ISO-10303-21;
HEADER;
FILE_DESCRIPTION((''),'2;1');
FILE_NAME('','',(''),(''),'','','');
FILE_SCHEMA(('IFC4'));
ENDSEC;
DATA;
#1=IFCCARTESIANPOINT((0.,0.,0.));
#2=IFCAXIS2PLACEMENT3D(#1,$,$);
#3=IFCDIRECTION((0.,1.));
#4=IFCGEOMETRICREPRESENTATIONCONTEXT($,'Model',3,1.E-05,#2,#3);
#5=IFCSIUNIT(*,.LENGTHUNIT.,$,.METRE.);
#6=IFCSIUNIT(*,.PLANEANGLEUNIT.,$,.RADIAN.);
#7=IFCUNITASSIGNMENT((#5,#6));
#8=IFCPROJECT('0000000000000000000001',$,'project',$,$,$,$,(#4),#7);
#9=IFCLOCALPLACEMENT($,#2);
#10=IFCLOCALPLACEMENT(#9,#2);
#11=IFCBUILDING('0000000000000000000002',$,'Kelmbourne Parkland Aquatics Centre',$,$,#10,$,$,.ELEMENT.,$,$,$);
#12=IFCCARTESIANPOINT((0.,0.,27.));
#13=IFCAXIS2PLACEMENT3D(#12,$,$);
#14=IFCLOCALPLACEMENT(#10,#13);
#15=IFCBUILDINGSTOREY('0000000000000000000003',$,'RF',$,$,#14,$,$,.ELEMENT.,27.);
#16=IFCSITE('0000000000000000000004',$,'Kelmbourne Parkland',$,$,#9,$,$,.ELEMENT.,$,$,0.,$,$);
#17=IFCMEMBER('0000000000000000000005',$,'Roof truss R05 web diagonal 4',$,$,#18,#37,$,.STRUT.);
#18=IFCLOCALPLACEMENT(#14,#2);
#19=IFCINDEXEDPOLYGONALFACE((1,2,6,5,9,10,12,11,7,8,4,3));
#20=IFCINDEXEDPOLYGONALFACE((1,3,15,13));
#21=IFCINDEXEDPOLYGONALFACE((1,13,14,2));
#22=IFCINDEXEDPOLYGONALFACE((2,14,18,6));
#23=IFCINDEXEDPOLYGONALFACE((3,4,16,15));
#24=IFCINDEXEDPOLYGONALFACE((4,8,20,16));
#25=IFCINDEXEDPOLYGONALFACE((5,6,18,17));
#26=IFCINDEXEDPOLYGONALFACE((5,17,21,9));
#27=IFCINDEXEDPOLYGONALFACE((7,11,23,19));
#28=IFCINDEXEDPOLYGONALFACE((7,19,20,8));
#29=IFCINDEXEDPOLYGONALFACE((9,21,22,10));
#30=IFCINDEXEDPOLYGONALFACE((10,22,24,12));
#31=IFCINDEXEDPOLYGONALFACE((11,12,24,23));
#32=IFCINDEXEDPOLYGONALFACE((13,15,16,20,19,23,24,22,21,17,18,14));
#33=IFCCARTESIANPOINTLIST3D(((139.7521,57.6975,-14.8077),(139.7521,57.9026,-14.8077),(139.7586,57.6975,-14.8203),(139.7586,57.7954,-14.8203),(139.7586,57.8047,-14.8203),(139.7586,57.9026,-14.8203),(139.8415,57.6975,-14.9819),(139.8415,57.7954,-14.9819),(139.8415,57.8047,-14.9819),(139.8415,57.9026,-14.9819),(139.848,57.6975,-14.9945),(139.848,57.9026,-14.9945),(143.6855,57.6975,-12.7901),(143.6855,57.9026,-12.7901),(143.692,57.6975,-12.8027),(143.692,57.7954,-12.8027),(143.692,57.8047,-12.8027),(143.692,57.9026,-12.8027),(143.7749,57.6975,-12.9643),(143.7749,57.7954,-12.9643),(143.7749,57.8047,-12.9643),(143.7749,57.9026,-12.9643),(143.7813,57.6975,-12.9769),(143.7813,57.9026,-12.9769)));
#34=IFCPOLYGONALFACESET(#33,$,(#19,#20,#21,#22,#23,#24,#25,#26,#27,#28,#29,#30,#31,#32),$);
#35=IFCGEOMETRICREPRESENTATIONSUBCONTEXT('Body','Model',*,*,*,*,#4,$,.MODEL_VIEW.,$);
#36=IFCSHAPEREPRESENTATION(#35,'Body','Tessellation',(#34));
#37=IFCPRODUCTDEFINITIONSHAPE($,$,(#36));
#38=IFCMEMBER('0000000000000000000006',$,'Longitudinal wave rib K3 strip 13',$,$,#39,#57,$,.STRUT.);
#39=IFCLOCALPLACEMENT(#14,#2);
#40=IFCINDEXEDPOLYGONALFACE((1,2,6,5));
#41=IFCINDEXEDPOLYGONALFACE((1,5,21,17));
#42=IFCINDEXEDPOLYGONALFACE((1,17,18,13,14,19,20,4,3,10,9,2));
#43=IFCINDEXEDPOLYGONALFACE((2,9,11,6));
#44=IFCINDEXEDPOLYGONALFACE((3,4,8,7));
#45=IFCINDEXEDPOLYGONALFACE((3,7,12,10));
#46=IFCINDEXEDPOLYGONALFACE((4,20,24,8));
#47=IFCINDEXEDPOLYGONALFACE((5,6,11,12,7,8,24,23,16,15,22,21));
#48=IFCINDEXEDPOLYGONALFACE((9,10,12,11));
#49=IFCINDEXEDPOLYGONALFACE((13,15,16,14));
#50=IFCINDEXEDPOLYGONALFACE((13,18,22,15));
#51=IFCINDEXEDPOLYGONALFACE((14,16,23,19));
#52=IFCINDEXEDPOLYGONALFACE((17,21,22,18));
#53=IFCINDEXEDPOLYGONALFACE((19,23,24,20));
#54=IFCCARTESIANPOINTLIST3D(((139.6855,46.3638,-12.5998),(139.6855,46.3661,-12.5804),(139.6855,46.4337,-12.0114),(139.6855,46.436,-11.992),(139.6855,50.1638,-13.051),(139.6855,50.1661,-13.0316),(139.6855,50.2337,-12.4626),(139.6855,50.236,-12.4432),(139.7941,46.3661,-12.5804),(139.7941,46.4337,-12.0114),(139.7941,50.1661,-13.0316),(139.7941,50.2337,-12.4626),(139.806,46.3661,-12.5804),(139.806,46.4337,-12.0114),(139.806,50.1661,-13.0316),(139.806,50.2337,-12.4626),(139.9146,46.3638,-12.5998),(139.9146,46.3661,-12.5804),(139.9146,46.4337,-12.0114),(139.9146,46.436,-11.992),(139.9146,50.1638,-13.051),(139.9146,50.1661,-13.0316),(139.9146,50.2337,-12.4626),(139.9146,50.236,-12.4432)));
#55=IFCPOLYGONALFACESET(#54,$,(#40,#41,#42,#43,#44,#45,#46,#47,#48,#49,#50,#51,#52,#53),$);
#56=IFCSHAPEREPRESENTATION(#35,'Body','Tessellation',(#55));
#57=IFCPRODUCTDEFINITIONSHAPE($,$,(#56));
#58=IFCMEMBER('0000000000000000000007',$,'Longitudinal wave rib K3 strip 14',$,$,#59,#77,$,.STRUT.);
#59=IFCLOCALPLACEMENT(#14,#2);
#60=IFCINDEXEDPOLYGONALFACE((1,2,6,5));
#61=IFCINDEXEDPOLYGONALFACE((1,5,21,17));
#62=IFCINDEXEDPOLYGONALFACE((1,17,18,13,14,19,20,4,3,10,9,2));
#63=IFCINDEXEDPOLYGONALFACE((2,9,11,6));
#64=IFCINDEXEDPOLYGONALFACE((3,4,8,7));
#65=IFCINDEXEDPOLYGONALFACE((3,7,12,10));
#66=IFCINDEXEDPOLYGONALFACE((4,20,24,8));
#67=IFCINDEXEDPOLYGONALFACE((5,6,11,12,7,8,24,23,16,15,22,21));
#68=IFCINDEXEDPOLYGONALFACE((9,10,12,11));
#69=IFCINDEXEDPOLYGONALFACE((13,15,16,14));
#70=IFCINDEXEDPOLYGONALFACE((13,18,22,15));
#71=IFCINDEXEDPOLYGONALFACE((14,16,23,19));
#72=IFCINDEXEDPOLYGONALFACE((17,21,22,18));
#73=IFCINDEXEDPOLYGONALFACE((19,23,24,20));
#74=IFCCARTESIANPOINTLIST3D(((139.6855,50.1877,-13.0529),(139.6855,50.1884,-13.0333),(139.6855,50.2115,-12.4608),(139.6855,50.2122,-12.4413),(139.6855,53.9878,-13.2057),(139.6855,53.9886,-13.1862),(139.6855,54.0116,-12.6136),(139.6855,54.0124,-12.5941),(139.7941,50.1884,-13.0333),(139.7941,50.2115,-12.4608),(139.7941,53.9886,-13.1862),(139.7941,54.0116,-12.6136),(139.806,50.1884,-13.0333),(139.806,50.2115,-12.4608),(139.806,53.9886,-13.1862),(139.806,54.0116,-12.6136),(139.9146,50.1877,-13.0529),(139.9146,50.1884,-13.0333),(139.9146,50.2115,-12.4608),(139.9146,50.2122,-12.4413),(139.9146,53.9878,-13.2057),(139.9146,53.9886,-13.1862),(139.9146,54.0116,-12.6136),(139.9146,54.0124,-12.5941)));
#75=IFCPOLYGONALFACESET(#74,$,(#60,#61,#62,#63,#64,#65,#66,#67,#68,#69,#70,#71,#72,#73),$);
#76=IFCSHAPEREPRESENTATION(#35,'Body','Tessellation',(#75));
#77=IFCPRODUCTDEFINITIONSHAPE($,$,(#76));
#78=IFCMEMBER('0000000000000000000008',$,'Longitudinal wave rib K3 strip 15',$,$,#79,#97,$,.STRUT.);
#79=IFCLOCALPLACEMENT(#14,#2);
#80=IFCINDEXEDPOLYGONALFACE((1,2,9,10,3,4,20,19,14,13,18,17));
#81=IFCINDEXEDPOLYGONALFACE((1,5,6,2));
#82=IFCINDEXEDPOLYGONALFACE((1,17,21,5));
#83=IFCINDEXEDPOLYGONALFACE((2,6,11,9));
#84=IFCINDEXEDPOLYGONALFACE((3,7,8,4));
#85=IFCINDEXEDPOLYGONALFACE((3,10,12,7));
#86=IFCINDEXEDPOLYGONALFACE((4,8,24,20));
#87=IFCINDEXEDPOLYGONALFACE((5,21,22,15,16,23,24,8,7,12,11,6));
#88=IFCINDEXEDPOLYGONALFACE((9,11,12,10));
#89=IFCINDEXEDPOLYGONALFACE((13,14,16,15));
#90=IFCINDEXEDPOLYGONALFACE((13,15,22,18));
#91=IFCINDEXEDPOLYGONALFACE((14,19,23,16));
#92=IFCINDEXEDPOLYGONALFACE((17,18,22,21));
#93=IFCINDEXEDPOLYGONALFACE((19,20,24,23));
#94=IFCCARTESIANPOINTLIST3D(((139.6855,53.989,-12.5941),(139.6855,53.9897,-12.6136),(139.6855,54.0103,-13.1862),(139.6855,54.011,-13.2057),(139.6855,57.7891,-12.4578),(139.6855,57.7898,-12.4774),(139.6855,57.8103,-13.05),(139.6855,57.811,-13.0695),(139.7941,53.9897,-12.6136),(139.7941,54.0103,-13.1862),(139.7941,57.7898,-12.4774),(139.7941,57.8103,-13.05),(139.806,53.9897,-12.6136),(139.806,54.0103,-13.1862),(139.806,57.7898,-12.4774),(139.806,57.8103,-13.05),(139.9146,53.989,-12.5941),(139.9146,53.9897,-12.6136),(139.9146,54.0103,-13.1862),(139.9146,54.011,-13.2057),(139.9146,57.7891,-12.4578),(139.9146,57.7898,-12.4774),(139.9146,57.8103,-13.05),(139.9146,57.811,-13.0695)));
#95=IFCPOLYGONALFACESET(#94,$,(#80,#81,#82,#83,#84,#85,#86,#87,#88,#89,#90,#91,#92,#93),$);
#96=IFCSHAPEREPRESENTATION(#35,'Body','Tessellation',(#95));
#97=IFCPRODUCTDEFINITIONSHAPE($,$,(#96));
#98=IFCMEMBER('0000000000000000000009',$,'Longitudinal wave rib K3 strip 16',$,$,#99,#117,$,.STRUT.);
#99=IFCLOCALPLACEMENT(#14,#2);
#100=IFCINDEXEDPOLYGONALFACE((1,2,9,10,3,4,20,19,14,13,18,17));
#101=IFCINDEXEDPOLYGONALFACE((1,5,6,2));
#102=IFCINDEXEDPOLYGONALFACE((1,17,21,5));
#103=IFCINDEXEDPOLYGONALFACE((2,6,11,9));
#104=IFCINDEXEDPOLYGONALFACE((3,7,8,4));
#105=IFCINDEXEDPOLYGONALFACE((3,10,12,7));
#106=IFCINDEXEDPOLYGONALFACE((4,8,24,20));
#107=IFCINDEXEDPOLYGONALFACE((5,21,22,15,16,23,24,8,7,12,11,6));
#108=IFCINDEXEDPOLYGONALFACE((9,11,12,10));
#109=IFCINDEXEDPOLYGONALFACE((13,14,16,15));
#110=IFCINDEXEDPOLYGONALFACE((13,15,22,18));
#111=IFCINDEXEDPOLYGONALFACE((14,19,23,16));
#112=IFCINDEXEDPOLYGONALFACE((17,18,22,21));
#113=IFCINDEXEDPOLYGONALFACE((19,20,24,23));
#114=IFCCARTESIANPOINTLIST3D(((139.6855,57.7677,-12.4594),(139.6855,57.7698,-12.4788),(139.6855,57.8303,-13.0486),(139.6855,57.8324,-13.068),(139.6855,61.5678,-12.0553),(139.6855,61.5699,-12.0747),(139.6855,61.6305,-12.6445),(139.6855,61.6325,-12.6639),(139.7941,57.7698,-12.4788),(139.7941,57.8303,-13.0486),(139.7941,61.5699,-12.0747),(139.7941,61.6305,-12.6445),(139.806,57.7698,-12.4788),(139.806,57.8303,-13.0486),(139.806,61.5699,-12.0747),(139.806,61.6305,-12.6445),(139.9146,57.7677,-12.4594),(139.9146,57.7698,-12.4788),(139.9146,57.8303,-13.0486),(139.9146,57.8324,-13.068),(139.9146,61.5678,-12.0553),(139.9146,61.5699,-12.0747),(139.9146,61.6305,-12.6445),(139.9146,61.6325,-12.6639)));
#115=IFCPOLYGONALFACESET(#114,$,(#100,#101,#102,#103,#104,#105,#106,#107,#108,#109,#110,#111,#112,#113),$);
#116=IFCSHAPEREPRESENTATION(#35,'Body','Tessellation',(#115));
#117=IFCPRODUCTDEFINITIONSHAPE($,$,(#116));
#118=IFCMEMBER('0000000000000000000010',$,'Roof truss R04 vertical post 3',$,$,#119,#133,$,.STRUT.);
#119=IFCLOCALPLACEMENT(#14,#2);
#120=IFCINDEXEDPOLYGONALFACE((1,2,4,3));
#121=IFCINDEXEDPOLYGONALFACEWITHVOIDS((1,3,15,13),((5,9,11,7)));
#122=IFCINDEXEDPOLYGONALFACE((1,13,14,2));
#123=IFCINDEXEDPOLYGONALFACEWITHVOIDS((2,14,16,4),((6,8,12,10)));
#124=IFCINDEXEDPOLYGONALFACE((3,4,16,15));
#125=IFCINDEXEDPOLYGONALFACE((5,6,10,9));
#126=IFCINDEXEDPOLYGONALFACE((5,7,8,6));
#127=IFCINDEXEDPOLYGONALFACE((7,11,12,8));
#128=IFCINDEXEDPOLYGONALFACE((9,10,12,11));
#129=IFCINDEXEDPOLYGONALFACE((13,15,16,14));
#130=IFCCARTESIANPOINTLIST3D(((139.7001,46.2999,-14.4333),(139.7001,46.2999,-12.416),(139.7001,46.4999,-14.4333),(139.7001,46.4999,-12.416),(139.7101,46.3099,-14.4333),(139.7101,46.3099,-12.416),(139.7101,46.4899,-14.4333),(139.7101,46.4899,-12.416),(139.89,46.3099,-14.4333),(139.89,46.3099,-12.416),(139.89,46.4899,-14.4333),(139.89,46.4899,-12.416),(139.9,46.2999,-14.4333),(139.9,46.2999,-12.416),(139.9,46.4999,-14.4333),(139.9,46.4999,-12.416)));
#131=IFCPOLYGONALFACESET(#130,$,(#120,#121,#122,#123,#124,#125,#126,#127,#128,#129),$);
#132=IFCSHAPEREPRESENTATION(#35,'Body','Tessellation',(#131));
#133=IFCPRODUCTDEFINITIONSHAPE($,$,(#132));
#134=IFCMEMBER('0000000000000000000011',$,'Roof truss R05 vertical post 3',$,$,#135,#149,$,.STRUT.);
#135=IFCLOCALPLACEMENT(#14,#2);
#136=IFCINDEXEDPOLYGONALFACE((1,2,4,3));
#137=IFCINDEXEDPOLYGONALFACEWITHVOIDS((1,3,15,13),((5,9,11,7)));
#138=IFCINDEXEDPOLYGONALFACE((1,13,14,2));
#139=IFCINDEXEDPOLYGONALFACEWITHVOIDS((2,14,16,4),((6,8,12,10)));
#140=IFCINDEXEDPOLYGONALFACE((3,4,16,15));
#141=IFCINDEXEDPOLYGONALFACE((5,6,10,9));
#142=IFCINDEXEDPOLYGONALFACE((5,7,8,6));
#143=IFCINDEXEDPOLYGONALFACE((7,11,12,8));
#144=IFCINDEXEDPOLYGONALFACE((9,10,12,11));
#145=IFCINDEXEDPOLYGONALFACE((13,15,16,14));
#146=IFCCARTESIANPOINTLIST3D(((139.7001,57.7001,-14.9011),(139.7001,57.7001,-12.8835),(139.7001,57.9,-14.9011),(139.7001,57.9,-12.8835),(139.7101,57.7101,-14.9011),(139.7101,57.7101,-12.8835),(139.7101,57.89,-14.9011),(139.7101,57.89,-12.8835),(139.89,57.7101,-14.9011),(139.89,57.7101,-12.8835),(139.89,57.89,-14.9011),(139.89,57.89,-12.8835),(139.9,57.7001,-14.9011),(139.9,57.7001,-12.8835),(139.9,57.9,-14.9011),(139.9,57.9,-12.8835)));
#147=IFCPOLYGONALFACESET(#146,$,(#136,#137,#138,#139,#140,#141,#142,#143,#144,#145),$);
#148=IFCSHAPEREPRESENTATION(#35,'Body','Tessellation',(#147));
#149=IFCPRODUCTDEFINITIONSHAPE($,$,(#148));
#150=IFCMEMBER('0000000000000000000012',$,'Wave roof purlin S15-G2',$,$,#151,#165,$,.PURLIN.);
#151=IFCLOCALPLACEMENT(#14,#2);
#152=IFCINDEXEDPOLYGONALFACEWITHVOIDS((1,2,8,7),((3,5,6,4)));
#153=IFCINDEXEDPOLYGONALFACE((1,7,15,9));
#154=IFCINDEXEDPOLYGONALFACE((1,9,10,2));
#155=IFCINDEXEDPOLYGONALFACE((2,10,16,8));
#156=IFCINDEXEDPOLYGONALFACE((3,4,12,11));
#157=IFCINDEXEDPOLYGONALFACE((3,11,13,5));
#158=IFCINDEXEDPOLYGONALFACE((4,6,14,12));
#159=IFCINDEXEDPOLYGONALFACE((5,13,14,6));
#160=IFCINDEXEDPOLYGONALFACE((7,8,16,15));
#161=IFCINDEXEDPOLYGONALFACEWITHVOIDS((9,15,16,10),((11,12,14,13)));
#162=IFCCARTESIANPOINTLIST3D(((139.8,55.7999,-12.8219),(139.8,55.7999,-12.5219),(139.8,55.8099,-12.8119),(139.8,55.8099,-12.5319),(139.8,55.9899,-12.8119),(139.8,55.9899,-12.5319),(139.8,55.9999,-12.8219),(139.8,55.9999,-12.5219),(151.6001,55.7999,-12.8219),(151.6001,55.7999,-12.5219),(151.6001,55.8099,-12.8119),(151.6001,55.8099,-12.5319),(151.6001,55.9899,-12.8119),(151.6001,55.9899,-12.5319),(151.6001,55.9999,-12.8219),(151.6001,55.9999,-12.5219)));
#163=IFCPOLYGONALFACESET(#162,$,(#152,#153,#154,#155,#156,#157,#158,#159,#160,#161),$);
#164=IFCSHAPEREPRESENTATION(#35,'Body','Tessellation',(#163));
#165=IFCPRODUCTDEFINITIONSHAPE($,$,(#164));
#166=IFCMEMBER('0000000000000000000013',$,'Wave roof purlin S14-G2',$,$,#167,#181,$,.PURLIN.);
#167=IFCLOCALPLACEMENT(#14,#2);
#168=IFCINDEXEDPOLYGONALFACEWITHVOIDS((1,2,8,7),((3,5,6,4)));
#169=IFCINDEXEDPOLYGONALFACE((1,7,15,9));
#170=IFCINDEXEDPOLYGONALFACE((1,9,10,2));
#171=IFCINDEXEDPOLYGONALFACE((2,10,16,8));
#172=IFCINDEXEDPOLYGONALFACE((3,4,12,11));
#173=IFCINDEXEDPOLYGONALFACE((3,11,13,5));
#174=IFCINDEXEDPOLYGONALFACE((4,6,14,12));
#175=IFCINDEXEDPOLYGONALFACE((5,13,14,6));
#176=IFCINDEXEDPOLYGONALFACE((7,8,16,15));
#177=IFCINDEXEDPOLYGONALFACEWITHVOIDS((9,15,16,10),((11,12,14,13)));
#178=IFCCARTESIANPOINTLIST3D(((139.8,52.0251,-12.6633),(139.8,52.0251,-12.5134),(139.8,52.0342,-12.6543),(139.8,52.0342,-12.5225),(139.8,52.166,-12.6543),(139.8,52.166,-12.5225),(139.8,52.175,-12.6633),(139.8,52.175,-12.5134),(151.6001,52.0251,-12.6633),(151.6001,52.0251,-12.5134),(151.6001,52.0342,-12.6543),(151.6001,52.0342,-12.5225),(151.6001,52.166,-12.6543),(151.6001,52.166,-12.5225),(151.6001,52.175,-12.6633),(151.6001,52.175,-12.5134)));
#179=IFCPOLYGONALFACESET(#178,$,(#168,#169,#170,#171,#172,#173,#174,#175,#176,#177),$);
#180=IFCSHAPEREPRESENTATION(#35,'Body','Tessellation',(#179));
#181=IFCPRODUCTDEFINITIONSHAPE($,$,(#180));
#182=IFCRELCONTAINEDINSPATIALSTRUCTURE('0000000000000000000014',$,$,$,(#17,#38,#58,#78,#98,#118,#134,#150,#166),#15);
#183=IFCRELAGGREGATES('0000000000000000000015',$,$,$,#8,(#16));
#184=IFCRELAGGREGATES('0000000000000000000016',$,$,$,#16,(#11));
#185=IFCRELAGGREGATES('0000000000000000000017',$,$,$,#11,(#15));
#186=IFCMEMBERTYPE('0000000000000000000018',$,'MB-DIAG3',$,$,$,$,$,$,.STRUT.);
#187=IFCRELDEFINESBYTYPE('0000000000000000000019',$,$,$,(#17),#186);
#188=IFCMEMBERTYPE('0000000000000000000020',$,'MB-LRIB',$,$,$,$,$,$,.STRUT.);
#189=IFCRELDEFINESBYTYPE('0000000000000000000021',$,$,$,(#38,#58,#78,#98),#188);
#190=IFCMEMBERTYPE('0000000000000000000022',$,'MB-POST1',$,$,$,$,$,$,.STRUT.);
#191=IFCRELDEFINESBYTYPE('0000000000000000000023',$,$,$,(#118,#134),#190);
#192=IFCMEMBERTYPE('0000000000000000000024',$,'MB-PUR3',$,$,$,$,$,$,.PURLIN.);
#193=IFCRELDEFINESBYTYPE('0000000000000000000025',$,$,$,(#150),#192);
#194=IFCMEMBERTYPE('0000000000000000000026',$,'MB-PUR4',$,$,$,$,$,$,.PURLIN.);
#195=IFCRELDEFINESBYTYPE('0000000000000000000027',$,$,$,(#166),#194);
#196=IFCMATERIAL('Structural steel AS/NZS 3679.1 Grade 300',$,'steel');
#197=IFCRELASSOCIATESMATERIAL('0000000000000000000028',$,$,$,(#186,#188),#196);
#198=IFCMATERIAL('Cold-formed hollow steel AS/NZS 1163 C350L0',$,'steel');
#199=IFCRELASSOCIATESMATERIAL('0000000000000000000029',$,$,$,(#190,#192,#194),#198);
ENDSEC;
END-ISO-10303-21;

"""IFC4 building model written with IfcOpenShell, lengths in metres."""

from ifc_helpers import new_model, si_unit, direction, frame, origin, origin_2d, place, context, subcontext, project, spatial, hollow_rectangle, i_section, extrude, material, material_profile, profile_set, type_object, element, save


model = new_model("IFC4")

# Units and contexts
model_context = context("Model", 3, precision=1e-05, world=origin(), true_north=direction((0.0, 1.0)))
body_context = subcontext(model_context, "Body", "Model", "MODEL_VIEW")
ifc_project = project(units=[si_unit("LENGTHUNIT", "METRE"), si_unit("PLANEANGLEUNIT", "RADIAN")], contexts=[model_context])

# Site, building, storey
site_placement = place(None, origin())
site = spatial("IfcSite", under=ifc_project, at=site_placement, Name="Kelmbourne Parkland", CompositionType="ELEMENT", RefElevation=0.0)
building_placement = place(site_placement, origin())
building = spatial("IfcBuilding", under=site, at=building_placement, Name="Kelmbourne Parkland Aquatics Centre", CompositionType="ELEMENT")
storey_placement = place(building_placement, frame((0.0, 0.0, 27.0)))
storey = spatial("IfcBuildingStorey", under=building, at=storey_placement, Name="RF", CompositionType="ELEMENT", Elevation=27.0)

# Members
ifc_material_1 = material(Name="Structural steel AS/NZS 3679.1 Grade 300", Category="steel")
ifc_material_profile_1 = material_profile(ifc_material_1, i_section(OverallWidth=0.2051, OverallDepth=0.21, WebThickness=0.0093, FlangeThickness=0.0142, at=origin_2d()), Name="200UC59.5")
ifc_profile_set_1 = profile_set([ifc_material_profile_1], Name="Structural steel AS/NZS 3679.1 Grade 300")
member_type_1 = type_object("IfcMemberType", Name="MB-DIAG3", PredefinedType="STRUT", material=ifc_profile_set_1)
member_1_placement = place(storey_placement, frame((139.8, 57.8, -14.9011), z_axis=(0.889774, 0.0, 0.456402), x_axis=(0.0, 1.0, 0.0)))
element("IfcMember", 1, at=member_1_placement, inside=storey, type_object=member_type_1, Name="Roof truss R05 web diagonal 4", PredefinedType="STRUT", context=body_context, shape_type="SweptSolid", body=[
    extrude(i_section(OverallWidth=0.2051, OverallDepth=0.21, WebThickness=0.0093, FlangeThickness=0.0142, at=origin_2d()), origin(), (0.0, 0.0, 1.0), 4.4207),
])
ifc_material_profile_2 = material_profile(ifc_material_1, i_section(OverallWidth=0.229, OverallDepth=0.6121, WebThickness=0.012, FlangeThickness=0.0195, at=origin_2d()), Name="610UB125")
ifc_profile_set_2 = profile_set([ifc_material_profile_2], Name="Structural steel AS/NZS 3679.1 Grade 300")
member_type_2 = type_object("IfcMemberType", Name="MB-LRIB", PredefinedType="STRUT", material=ifc_profile_set_2)
member_2_placement = place(storey_placement, frame((139.8, 46.3999, -12.2959), z_axis=(0.0, 0.993025, -0.1179), x_axis=(-1.0, 0.0, 0.0)))
element("IfcMember", 2, at=member_2_placement, inside=storey, type_object=member_type_2, Name="Longitudinal wave rib K3 strip 13", PredefinedType="STRUT", context=body_context, shape_type="SweptSolid", body=[
    extrude(i_section(OverallWidth=0.229, OverallDepth=0.6121, WebThickness=0.012, FlangeThickness=0.0195, at=origin_2d()), origin(), (0.0, 0.0, 1.0), 3.8267),
])
member_3_placement = place(storey_placement, frame((139.8, 50.2, -12.7471), z_axis=(0.0, 0.999192, -0.040186), x_axis=(-1.0, 0.0, 0.0)))
element("IfcMember", 3, at=member_3_placement, inside=storey, type_object=member_type_2, Name="Longitudinal wave rib K3 strip 14", PredefinedType="STRUT", context=body_context, shape_type="SweptSolid", body=[
    extrude(i_section(OverallWidth=0.229, OverallDepth=0.6121, WebThickness=0.012, FlangeThickness=0.0195, at=origin_2d()), origin(), (0.0, 0.0, 1.0), 3.8032),
])
member_4_placement = place(storey_placement, frame((139.8, 54.0, -12.8999), z_axis=(0.0, 0.999358, 0.035827), x_axis=(-1.0, 0.0, 0.0)))
element("IfcMember", 4, at=member_4_placement, inside=storey, type_object=member_type_2, Name="Longitudinal wave rib K3 strip 15", PredefinedType="STRUT", context=body_context, shape_type="SweptSolid", body=[
    extrude(i_section(OverallWidth=0.229, OverallDepth=0.6121, WebThickness=0.012, FlangeThickness=0.0195, at=origin_2d()), origin(), (0.0, 0.0, 1.0), 3.8025),
])
member_5_placement = place(storey_placement, frame((139.8, 57.8, -12.7637), z_axis=(0.0, 0.994395, 0.105732), x_axis=(-1.0, 0.0, 0.0)))
element("IfcMember", 5, at=member_5_placement, inside=storey, type_object=member_type_2, Name="Longitudinal wave rib K3 strip 16", PredefinedType="STRUT", context=body_context, shape_type="SweptSolid", body=[
    extrude(i_section(OverallWidth=0.229, OverallDepth=0.6121, WebThickness=0.012, FlangeThickness=0.0195, at=origin_2d()), origin(), (0.0, 0.0, 1.0), 3.8215),
])
ifc_material_2 = material(Name="Cold-formed hollow steel AS/NZS 1163 C350L0", Category="steel")
ifc_material_profile_3 = material_profile(ifc_material_2, hollow_rectangle(XDim=0.2, YDim=0.2, WallThickness=0.01, at=origin_2d()), Name="SHS 200x200x10.0")
ifc_profile_set_3 = profile_set([ifc_material_profile_3], Name="Cold-formed hollow steel AS/NZS 1163 C350L0")
member_type_3 = type_object("IfcMemberType", Name="MB-POST1", PredefinedType="STRUT", material=ifc_profile_set_3)
member_6_placement = place(storey_placement, frame((139.8, 46.3999, -14.4333), z_axis=(0.0, 0.0, 1.0), x_axis=(1.0, 0.0, 0.0)))
element("IfcMember", 6, at=member_6_placement, inside=storey, type_object=member_type_3, Name="Roof truss R04 vertical post 3", PredefinedType="STRUT", context=body_context, shape_type="SweptSolid", body=[
    extrude(hollow_rectangle(XDim=0.2, YDim=0.2, WallThickness=0.01, at=origin_2d()), origin(), (0.0, 0.0, 1.0), 2.0173),
])
member_7_placement = place(storey_placement, frame((139.8, 57.8, -14.9011), z_axis=(0.0, 0.0, 1.0), x_axis=(1.0, 0.0, 0.0)))
element("IfcMember", 7, at=member_7_placement, inside=storey, type_object=member_type_3, Name="Roof truss R05 vertical post 3", PredefinedType="STRUT", context=body_context, shape_type="SweptSolid", body=[
    extrude(hollow_rectangle(XDim=0.2, YDim=0.2, WallThickness=0.01, at=origin_2d()), origin(), (0.0, 0.0, 1.0), 2.0176),
])
ifc_material_profile_4 = material_profile(ifc_material_2, hollow_rectangle(XDim=0.2, YDim=0.3, WallThickness=0.01, at=origin_2d()), Name="RHS 300x200x10.0")
ifc_profile_set_4 = profile_set([ifc_material_profile_4], Name="Cold-formed hollow steel AS/NZS 1163 C350L0")
member_type_4 = type_object("IfcMemberType", Name="MB-PUR3", PredefinedType="PURLIN", material=ifc_profile_set_4)
member_8_placement = place(storey_placement, frame((139.8, 55.8999, -12.6719), z_axis=(1.0, 0.0, 0.0), x_axis=(0.0, 1.0, 0.0)))
element("IfcMember", 8, at=member_8_placement, inside=storey, type_object=member_type_4, Name="Wave roof purlin S15-G2", PredefinedType="PURLIN", context=body_context, shape_type="SweptSolid", body=[
    extrude(hollow_rectangle(XDim=0.2, YDim=0.3, WallThickness=0.01, at=origin_2d()), origin(), (0.0, 0.0, 1.0), 11.8),
])
ifc_material_profile_5 = material_profile(ifc_material_2, hollow_rectangle(XDim=0.1499, YDim=0.1499, WallThickness=0.009, at=origin_2d()), Name="SHS 150x150x9.0")
ifc_profile_set_5 = profile_set([ifc_material_profile_5], Name="Cold-formed hollow steel AS/NZS 1163 C350L0")
member_type_5 = type_object("IfcMemberType", Name="MB-PUR4", PredefinedType="PURLIN", material=ifc_profile_set_5)
member_9_placement = place(storey_placement, frame((139.8, 52.1001, -12.5884), z_axis=(1.0, 0.0, 0.0), x_axis=(0.0, 1.0, 0.0)))
element("IfcMember", 9, at=member_9_placement, inside=storey, type_object=member_type_5, Name="Wave roof purlin S14-G2", PredefinedType="PURLIN", context=body_context, shape_type="SweptSolid", body=[
    extrude(hollow_rectangle(XDim=0.1499, YDim=0.1499, WallThickness=0.009, at=origin_2d()), origin(), (0.0, 0.0, 1.0), 11.8),
])

save(model, "model.ifc")
